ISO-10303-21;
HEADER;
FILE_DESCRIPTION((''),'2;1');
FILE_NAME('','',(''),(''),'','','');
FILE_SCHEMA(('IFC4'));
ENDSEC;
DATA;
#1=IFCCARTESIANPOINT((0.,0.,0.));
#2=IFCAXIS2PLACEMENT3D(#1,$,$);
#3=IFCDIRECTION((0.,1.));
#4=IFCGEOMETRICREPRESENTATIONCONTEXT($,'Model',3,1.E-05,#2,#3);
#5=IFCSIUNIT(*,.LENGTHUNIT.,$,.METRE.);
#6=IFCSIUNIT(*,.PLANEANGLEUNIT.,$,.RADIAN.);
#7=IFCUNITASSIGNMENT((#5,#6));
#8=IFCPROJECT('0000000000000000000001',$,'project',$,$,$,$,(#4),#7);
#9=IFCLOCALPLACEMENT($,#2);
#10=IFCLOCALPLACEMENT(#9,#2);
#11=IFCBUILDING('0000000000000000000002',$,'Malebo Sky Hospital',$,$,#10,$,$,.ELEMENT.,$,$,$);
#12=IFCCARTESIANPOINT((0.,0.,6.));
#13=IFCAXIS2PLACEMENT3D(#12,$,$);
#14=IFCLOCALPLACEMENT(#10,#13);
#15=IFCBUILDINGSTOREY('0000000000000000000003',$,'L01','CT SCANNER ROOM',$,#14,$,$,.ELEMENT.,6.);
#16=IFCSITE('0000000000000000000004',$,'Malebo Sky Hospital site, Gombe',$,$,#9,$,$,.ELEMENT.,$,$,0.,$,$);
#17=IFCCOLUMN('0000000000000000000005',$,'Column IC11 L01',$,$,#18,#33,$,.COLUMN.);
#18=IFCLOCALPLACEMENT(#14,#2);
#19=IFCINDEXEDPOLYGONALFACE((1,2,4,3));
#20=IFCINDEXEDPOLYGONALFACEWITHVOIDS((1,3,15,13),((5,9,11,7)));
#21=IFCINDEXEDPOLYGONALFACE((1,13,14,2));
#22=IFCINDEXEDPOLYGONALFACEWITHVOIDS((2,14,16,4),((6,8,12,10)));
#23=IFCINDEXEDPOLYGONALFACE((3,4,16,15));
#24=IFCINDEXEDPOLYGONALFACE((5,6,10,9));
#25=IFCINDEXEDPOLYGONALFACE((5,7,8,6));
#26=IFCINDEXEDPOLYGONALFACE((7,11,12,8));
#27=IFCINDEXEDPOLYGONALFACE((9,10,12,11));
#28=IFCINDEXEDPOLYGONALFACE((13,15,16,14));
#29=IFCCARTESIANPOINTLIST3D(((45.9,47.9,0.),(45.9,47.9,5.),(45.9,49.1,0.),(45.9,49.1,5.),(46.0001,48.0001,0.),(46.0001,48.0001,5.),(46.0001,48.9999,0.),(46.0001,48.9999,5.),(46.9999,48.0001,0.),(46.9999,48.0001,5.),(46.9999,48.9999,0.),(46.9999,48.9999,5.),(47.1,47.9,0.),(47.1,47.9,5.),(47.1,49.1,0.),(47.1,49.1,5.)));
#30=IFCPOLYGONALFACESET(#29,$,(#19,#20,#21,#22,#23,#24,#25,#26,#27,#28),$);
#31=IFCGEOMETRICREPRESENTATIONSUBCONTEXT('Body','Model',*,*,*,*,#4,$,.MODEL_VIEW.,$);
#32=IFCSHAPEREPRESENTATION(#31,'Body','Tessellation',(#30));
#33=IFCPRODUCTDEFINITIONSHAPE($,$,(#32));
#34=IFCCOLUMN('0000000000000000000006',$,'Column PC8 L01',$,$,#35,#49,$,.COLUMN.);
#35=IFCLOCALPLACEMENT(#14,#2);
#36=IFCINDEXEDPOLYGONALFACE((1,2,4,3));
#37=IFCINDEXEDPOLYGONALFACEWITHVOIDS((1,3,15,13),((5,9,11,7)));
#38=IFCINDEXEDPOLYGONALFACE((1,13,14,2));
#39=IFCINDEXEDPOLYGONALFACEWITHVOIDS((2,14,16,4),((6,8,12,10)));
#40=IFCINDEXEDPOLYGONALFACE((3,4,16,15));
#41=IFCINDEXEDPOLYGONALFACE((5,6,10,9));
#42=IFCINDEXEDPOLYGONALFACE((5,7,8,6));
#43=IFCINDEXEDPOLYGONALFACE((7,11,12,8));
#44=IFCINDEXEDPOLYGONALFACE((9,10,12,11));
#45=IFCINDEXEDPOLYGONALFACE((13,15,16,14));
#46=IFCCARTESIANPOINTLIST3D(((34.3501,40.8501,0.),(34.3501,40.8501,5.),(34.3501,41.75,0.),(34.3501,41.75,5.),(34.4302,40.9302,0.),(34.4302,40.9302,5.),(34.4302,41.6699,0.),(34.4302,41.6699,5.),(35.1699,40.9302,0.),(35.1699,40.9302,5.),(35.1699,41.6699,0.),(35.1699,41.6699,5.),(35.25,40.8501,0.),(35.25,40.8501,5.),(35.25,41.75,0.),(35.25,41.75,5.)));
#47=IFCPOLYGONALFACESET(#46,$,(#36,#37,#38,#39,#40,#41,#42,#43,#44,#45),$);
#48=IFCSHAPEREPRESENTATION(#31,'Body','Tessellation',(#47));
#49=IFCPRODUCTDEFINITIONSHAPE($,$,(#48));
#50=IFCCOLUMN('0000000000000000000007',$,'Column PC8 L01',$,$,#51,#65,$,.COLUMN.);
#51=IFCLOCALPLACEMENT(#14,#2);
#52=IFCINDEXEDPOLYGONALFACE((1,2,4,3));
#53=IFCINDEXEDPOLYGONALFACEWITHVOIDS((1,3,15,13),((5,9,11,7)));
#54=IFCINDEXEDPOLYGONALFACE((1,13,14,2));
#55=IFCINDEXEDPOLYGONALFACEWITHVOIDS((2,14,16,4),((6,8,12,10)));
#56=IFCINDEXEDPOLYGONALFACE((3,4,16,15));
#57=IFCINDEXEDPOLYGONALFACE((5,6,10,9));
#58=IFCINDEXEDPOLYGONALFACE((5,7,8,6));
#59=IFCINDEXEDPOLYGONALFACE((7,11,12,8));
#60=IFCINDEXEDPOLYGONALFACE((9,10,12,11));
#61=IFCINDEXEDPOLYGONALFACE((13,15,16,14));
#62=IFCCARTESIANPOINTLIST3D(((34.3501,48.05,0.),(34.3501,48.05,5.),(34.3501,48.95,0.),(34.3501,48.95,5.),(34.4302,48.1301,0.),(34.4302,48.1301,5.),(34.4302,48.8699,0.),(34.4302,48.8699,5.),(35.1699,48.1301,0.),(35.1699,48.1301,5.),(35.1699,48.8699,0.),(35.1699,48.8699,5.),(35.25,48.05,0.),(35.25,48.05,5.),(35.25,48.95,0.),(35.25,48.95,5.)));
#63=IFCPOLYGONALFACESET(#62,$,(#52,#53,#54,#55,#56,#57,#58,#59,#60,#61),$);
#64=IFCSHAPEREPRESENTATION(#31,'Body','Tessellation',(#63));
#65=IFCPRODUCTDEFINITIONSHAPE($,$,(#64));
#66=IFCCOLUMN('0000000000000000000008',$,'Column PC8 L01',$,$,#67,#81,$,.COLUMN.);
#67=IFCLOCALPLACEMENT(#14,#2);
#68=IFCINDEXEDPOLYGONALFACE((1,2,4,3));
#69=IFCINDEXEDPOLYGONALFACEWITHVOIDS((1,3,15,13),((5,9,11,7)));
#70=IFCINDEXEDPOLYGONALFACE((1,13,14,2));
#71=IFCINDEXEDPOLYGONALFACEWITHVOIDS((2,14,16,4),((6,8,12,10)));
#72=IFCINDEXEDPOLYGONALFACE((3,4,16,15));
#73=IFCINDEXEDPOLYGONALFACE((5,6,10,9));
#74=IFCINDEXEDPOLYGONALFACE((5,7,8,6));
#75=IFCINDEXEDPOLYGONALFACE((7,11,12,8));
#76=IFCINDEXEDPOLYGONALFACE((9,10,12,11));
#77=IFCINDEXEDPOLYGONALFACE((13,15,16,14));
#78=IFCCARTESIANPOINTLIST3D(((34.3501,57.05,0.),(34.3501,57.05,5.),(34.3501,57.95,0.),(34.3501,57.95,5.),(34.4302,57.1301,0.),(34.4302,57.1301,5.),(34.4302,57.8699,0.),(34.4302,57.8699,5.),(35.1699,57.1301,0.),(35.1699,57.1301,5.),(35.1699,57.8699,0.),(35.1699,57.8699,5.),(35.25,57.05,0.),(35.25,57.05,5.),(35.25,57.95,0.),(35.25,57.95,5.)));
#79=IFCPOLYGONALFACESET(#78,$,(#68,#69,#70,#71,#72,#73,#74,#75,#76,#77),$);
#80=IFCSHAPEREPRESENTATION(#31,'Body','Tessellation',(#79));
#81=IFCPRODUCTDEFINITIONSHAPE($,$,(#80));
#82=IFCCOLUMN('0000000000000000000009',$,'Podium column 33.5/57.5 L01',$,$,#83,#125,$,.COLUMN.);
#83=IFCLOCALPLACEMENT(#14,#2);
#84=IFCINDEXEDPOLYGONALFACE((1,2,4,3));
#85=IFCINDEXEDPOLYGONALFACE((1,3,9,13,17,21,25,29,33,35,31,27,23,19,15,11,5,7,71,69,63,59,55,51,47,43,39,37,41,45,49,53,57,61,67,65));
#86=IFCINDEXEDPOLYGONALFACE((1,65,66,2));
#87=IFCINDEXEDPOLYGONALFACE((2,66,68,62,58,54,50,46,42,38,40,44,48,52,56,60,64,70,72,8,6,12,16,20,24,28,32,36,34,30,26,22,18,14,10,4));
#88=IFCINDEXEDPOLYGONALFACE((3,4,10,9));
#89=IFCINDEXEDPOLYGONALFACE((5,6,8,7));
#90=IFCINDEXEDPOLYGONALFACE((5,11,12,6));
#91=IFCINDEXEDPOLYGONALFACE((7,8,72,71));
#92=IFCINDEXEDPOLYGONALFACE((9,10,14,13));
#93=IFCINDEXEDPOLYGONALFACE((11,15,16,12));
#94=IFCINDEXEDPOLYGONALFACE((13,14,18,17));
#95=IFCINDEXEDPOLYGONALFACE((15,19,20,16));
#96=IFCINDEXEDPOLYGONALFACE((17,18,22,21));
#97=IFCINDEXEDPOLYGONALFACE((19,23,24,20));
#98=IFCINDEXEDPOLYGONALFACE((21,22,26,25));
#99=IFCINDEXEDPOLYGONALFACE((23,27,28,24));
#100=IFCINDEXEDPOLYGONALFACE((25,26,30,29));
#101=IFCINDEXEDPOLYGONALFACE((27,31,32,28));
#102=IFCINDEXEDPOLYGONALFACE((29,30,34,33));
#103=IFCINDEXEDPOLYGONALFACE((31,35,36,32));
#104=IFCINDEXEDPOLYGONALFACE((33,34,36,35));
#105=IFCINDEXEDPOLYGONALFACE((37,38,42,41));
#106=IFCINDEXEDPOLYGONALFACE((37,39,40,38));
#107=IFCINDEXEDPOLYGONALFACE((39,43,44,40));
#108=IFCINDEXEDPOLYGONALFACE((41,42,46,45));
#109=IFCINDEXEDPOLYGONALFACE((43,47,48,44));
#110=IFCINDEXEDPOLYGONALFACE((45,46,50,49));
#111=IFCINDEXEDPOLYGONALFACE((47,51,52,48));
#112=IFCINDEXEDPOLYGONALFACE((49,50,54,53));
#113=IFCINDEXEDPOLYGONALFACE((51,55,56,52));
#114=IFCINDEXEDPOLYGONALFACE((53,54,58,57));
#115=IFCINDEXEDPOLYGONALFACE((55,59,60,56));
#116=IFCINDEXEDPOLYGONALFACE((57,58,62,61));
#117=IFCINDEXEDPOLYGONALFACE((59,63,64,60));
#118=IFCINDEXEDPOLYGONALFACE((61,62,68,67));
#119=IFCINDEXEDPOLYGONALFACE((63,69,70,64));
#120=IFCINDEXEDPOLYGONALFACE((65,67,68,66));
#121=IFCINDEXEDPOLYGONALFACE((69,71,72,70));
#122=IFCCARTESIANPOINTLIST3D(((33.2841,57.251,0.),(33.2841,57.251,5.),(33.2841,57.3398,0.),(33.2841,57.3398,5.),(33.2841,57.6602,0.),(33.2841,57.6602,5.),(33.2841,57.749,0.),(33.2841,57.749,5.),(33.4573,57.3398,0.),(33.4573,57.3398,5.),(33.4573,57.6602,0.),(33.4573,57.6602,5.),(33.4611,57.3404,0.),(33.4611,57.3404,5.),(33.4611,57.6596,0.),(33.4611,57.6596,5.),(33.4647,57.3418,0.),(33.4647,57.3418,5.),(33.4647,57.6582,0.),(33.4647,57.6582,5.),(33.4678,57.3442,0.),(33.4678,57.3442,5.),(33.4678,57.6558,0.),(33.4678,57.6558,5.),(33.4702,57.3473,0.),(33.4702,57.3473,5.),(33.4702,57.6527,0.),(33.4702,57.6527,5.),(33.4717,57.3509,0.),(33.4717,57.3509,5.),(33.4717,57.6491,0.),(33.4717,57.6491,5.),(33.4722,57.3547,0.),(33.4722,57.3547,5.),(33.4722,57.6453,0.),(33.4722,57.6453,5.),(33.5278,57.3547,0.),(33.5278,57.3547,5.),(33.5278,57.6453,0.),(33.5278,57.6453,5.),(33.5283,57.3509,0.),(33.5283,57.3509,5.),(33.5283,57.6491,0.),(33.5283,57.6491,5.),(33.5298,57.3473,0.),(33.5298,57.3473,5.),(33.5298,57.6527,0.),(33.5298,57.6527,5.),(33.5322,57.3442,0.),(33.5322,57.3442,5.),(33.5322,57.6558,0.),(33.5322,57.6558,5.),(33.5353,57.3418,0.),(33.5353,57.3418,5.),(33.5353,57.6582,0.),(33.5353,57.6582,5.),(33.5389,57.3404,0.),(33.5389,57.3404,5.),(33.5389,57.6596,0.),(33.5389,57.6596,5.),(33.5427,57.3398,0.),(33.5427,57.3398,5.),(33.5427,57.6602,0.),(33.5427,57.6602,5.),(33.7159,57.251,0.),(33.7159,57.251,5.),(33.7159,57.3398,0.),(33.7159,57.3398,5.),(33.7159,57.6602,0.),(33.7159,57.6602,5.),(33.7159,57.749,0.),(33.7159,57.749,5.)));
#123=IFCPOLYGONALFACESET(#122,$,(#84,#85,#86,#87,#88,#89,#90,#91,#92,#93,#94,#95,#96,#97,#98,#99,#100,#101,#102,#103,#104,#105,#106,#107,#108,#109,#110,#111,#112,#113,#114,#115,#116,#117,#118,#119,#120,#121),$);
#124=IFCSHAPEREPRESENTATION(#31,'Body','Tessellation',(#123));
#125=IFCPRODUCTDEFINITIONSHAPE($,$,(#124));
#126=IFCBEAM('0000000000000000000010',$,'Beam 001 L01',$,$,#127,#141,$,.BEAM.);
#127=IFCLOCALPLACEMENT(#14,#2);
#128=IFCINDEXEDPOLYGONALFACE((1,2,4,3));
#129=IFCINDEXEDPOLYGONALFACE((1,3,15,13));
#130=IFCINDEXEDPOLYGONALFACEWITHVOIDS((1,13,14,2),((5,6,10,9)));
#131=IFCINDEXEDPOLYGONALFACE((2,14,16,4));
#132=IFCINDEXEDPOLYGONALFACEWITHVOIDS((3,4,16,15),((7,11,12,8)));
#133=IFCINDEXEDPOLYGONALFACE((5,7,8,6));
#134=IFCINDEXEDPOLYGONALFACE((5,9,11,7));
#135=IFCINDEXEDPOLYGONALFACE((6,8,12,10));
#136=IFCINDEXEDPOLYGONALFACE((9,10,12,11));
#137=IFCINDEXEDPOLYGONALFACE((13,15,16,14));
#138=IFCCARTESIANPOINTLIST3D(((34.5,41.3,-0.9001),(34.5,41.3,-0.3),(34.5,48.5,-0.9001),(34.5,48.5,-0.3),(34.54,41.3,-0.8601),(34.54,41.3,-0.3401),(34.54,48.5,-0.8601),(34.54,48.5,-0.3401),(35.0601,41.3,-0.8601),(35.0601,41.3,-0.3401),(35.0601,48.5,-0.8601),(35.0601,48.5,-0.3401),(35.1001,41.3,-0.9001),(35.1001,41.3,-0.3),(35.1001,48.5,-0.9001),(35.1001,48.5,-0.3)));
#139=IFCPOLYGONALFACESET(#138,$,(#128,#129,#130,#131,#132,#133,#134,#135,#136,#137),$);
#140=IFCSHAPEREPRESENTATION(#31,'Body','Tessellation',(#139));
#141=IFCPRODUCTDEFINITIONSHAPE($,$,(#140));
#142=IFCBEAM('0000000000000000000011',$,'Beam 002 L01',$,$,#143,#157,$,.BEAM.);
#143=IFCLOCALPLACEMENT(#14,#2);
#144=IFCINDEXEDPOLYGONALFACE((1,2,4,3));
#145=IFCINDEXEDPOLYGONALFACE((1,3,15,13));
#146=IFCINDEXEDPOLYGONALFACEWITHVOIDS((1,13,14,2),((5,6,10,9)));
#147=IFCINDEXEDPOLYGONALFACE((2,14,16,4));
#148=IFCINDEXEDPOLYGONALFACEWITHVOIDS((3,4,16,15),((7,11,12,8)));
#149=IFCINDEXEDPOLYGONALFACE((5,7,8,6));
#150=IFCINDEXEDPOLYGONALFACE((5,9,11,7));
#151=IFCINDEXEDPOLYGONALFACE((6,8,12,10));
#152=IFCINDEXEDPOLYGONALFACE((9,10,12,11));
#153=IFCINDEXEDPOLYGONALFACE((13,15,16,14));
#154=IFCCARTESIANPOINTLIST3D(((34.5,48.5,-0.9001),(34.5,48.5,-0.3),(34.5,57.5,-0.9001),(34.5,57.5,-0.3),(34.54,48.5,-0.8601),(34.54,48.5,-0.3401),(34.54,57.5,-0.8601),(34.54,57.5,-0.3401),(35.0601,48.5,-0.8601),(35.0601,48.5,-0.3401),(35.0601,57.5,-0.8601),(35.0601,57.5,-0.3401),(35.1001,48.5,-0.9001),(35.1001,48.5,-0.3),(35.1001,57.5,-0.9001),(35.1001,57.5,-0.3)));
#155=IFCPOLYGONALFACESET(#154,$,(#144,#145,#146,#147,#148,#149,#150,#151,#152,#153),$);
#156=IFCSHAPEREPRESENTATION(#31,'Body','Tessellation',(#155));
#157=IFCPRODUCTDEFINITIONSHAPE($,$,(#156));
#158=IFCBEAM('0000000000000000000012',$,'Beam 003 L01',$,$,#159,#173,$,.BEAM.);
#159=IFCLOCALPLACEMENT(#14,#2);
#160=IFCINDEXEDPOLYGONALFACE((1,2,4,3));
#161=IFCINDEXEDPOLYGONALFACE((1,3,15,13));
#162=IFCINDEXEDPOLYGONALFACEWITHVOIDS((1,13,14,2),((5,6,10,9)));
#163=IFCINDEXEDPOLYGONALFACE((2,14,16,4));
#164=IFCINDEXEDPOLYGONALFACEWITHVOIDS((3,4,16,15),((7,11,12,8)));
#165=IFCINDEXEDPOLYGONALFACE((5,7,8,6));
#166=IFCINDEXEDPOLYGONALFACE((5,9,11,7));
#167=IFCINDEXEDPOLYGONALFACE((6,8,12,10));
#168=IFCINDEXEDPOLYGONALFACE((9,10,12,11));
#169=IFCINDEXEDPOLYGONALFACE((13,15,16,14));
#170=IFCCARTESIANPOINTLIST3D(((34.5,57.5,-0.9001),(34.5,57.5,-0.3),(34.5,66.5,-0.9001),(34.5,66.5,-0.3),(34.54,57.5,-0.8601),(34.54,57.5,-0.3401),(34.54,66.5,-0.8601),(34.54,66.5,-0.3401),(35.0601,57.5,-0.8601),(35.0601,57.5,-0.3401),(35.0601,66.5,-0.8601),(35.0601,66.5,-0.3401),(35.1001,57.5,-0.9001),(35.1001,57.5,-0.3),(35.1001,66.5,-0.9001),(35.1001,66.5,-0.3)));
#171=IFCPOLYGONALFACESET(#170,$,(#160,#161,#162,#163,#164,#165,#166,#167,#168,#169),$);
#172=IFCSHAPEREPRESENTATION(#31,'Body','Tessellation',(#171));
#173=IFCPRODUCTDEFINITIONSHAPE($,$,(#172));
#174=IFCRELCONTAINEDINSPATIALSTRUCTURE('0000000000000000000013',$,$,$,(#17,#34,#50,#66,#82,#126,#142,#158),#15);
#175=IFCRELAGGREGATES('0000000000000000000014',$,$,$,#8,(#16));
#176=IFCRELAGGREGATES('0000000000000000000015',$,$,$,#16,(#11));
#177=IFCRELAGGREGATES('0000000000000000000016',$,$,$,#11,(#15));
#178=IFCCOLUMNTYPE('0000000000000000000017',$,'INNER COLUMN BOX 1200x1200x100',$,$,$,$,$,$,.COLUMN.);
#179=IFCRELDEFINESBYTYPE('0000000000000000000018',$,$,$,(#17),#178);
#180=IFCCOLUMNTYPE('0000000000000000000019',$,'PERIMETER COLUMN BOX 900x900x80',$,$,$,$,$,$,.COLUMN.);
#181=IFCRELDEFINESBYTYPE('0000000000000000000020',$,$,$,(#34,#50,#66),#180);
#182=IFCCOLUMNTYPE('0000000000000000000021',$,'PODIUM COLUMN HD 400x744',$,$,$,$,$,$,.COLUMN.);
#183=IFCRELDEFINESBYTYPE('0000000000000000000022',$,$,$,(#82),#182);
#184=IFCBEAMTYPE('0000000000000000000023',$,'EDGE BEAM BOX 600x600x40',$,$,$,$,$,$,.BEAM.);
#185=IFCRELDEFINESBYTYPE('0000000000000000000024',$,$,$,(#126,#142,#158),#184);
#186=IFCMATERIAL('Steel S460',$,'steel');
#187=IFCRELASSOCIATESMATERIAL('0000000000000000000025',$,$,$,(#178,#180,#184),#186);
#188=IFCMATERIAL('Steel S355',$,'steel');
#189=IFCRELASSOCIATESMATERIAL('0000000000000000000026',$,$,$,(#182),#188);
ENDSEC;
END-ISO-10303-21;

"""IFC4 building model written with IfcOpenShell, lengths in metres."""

from ifc_helpers import new_model, si_unit, direction, frame, origin, origin_2d, place, context, subcontext, project, spatial, hollow_rectangle, i_section, extrude, material, material_profile, profile_set, type_object, element, save


model = new_model("IFC4")

# Units and contexts
model_context = context("Model", 3, precision=1e-05, world=origin(), true_north=direction((0.0, 1.0)))
body_context = subcontext(model_context, "Body", "Model", "MODEL_VIEW")
ifc_project = project(units=[si_unit("LENGTHUNIT", "METRE"), si_unit("PLANEANGLEUNIT", "RADIAN")], contexts=[model_context])

# Site, building, storey
site_placement = place(None, origin())
site = spatial("IfcSite", under=ifc_project, at=site_placement, Name="Malebo Sky Hospital site, Gombe", CompositionType="ELEMENT", RefElevation=0.0)
building_placement = place(site_placement, origin())
building = spatial("IfcBuilding", under=site, at=building_placement, Name="Malebo Sky Hospital", CompositionType="ELEMENT")
storey_placement = place(building_placement, frame((0.0, 0.0, 6.0)))
storey = spatial("IfcBuildingStorey", under=building, at=storey_placement, Name="L01", Description="CT SCANNER ROOM", CompositionType="ELEMENT", Elevation=6.0)

# Columns
ifc_material_1 = material(Name="Steel S460", Category="steel")
ifc_material_profile_1 = material_profile(ifc_material_1, hollow_rectangle(XDim=1.2, YDim=1.2, WallThickness=0.1001, at=origin_2d()), Name="BOX 1200x1200x100")
ifc_profile_set_1 = profile_set([ifc_material_profile_1], Name="Steel S460")
column_type_1 = type_object("IfcColumnType", Name="INNER COLUMN BOX 1200x1200x100", PredefinedType="COLUMN", material=ifc_profile_set_1)
column_1_placement = place(storey_placement, frame((46.5, 48.5, 0.0), z_axis=(0.0, 0.0, 1.0), x_axis=(1.0, 0.0, 0.0)))
element("IfcColumn", 1, at=column_1_placement, inside=storey, type_object=column_type_1, Name="Column IC11 L01", PredefinedType="COLUMN", context=body_context, shape_type="SweptSolid", body=[
    extrude(hollow_rectangle(XDim=1.2, YDim=1.2, WallThickness=0.1001, at=origin_2d()), origin(), (0.0, 0.0, 1.0), 5.0),
])
ifc_material_profile_2 = material_profile(ifc_material_1, hollow_rectangle(XDim=0.8999, YDim=0.8999, WallThickness=0.0801, at=origin_2d()), Name="BOX 900x900x80")
ifc_profile_set_2 = profile_set([ifc_material_profile_2], Name="Steel S460")
column_type_2 = type_object("IfcColumnType", Name="PERIMETER COLUMN BOX 900x900x80", PredefinedType="COLUMN", material=ifc_profile_set_2)
for number, where, z_axis, x_axis, name in (
    (2, (34.8, 41.3, 0.0), (0.0, 0.0, 1.0), (1.0, 0.0, 0.0), "Column PC8 L01"),
    (3, (34.8, 48.5, 0.0), (0.0, 0.0, 1.0), (1.0, 0.0, 0.0), "Column PC8 L01"),
    (4, (34.8, 57.5, 0.0), (0.0, 0.0, 1.0), (1.0, 0.0, 0.0), "Column PC8 L01"),
):
    element("IfcColumn", number, at=place(storey_placement, frame(where, z_axis=z_axis, x_axis=x_axis)), inside=storey, type_object=column_type_2, Name=name, PredefinedType="COLUMN", context=body_context, shape_type="SweptSolid", body=[
        extrude(hollow_rectangle(XDim=0.8999, YDim=0.8999, WallThickness=0.0801, at=origin_2d()), origin(), (0.0, 0.0, 1.0), 5.0),
    ])
ifc_material_2 = material(Name="Steel S355", Category="steel")
ifc_material_profile_3 = material_profile(ifc_material_2, i_section(OverallWidth=0.4319, OverallDepth=0.498, WebThickness=0.0557, FlangeThickness=0.0889, FilletRadius=0.0149, at=origin_2d()), Name="HD 400x744")
ifc_profile_set_3 = profile_set([ifc_material_profile_3], Name="Steel S355")
column_type_3 = type_object("IfcColumnType", Name="PODIUM COLUMN HD 400x744", PredefinedType="COLUMN", material=ifc_profile_set_3)
column_2_placement = place(storey_placement, frame((33.5, 57.5, 0.0), z_axis=(0.0, 0.0, 1.0), x_axis=(1.0, 0.0, 0.0)))
element("IfcColumn", 5, at=column_2_placement, inside=storey, type_object=column_type_3, Name="Podium column 33.5/57.5 L01", PredefinedType="COLUMN", context=body_context, shape_type="SweptSolid", body=[
    extrude(i_section(OverallWidth=0.4319, OverallDepth=0.498, WebThickness=0.0557, FlangeThickness=0.0889, FilletRadius=0.0149, at=origin_2d()), origin(), (0.0, 0.0, 1.0), 5.0),
])

# Beams
ifc_material_profile_4 = material_profile(ifc_material_1, hollow_rectangle(XDim=0.6001, YDim=0.6001, WallThickness=0.04, at=origin_2d()), Name="BOX 600x600x40")
ifc_profile_set_4 = profile_set([ifc_material_profile_4], Name="Steel S460")
beam_type_1 = type_object("IfcBeamType", Name="EDGE BEAM BOX 600x600x40", PredefinedType="BEAM", material=ifc_profile_set_4)
beam_1_placement = place(storey_placement, frame((34.8, 41.3, -0.6001), z_axis=(0.0, 1.0, 0.0), x_axis=(-1.0, 0.0, 0.0)))
element("IfcBeam", 6, at=beam_1_placement, inside=storey, type_object=beam_type_1, Name="Beam 001 L01", PredefinedType="BEAM", context=body_context, shape_type="SweptSolid", body=[
    extrude(hollow_rectangle(XDim=0.6001, YDim=0.6001, WallThickness=0.04, at=origin_2d()), origin(), (0.0, 0.0, 1.0), 7.2),
])
for number, where, z_axis, x_axis, name in (
    (7, (34.8, 48.5, -0.6001), (0.0, 1.0, 0.0), (-1.0, 0.0, 0.0), "Beam 002 L01"),
    (8, (34.8, 57.5, -0.6001), (0.0, 1.0, 0.0), (-1.0, 0.0, 0.0), "Beam 003 L01"),
):
    element("IfcBeam", number, at=place(storey_placement, frame(where, z_axis=z_axis, x_axis=x_axis)), inside=storey, type_object=beam_type_1, Name=name, PredefinedType="BEAM", context=body_context, shape_type="SweptSolid", body=[
        extrude(hollow_rectangle(XDim=0.6001, YDim=0.6001, WallThickness=0.04, at=origin_2d()), origin(), (0.0, 0.0, 1.0), 9.0),
    ])

save(model, "model.ifc")
